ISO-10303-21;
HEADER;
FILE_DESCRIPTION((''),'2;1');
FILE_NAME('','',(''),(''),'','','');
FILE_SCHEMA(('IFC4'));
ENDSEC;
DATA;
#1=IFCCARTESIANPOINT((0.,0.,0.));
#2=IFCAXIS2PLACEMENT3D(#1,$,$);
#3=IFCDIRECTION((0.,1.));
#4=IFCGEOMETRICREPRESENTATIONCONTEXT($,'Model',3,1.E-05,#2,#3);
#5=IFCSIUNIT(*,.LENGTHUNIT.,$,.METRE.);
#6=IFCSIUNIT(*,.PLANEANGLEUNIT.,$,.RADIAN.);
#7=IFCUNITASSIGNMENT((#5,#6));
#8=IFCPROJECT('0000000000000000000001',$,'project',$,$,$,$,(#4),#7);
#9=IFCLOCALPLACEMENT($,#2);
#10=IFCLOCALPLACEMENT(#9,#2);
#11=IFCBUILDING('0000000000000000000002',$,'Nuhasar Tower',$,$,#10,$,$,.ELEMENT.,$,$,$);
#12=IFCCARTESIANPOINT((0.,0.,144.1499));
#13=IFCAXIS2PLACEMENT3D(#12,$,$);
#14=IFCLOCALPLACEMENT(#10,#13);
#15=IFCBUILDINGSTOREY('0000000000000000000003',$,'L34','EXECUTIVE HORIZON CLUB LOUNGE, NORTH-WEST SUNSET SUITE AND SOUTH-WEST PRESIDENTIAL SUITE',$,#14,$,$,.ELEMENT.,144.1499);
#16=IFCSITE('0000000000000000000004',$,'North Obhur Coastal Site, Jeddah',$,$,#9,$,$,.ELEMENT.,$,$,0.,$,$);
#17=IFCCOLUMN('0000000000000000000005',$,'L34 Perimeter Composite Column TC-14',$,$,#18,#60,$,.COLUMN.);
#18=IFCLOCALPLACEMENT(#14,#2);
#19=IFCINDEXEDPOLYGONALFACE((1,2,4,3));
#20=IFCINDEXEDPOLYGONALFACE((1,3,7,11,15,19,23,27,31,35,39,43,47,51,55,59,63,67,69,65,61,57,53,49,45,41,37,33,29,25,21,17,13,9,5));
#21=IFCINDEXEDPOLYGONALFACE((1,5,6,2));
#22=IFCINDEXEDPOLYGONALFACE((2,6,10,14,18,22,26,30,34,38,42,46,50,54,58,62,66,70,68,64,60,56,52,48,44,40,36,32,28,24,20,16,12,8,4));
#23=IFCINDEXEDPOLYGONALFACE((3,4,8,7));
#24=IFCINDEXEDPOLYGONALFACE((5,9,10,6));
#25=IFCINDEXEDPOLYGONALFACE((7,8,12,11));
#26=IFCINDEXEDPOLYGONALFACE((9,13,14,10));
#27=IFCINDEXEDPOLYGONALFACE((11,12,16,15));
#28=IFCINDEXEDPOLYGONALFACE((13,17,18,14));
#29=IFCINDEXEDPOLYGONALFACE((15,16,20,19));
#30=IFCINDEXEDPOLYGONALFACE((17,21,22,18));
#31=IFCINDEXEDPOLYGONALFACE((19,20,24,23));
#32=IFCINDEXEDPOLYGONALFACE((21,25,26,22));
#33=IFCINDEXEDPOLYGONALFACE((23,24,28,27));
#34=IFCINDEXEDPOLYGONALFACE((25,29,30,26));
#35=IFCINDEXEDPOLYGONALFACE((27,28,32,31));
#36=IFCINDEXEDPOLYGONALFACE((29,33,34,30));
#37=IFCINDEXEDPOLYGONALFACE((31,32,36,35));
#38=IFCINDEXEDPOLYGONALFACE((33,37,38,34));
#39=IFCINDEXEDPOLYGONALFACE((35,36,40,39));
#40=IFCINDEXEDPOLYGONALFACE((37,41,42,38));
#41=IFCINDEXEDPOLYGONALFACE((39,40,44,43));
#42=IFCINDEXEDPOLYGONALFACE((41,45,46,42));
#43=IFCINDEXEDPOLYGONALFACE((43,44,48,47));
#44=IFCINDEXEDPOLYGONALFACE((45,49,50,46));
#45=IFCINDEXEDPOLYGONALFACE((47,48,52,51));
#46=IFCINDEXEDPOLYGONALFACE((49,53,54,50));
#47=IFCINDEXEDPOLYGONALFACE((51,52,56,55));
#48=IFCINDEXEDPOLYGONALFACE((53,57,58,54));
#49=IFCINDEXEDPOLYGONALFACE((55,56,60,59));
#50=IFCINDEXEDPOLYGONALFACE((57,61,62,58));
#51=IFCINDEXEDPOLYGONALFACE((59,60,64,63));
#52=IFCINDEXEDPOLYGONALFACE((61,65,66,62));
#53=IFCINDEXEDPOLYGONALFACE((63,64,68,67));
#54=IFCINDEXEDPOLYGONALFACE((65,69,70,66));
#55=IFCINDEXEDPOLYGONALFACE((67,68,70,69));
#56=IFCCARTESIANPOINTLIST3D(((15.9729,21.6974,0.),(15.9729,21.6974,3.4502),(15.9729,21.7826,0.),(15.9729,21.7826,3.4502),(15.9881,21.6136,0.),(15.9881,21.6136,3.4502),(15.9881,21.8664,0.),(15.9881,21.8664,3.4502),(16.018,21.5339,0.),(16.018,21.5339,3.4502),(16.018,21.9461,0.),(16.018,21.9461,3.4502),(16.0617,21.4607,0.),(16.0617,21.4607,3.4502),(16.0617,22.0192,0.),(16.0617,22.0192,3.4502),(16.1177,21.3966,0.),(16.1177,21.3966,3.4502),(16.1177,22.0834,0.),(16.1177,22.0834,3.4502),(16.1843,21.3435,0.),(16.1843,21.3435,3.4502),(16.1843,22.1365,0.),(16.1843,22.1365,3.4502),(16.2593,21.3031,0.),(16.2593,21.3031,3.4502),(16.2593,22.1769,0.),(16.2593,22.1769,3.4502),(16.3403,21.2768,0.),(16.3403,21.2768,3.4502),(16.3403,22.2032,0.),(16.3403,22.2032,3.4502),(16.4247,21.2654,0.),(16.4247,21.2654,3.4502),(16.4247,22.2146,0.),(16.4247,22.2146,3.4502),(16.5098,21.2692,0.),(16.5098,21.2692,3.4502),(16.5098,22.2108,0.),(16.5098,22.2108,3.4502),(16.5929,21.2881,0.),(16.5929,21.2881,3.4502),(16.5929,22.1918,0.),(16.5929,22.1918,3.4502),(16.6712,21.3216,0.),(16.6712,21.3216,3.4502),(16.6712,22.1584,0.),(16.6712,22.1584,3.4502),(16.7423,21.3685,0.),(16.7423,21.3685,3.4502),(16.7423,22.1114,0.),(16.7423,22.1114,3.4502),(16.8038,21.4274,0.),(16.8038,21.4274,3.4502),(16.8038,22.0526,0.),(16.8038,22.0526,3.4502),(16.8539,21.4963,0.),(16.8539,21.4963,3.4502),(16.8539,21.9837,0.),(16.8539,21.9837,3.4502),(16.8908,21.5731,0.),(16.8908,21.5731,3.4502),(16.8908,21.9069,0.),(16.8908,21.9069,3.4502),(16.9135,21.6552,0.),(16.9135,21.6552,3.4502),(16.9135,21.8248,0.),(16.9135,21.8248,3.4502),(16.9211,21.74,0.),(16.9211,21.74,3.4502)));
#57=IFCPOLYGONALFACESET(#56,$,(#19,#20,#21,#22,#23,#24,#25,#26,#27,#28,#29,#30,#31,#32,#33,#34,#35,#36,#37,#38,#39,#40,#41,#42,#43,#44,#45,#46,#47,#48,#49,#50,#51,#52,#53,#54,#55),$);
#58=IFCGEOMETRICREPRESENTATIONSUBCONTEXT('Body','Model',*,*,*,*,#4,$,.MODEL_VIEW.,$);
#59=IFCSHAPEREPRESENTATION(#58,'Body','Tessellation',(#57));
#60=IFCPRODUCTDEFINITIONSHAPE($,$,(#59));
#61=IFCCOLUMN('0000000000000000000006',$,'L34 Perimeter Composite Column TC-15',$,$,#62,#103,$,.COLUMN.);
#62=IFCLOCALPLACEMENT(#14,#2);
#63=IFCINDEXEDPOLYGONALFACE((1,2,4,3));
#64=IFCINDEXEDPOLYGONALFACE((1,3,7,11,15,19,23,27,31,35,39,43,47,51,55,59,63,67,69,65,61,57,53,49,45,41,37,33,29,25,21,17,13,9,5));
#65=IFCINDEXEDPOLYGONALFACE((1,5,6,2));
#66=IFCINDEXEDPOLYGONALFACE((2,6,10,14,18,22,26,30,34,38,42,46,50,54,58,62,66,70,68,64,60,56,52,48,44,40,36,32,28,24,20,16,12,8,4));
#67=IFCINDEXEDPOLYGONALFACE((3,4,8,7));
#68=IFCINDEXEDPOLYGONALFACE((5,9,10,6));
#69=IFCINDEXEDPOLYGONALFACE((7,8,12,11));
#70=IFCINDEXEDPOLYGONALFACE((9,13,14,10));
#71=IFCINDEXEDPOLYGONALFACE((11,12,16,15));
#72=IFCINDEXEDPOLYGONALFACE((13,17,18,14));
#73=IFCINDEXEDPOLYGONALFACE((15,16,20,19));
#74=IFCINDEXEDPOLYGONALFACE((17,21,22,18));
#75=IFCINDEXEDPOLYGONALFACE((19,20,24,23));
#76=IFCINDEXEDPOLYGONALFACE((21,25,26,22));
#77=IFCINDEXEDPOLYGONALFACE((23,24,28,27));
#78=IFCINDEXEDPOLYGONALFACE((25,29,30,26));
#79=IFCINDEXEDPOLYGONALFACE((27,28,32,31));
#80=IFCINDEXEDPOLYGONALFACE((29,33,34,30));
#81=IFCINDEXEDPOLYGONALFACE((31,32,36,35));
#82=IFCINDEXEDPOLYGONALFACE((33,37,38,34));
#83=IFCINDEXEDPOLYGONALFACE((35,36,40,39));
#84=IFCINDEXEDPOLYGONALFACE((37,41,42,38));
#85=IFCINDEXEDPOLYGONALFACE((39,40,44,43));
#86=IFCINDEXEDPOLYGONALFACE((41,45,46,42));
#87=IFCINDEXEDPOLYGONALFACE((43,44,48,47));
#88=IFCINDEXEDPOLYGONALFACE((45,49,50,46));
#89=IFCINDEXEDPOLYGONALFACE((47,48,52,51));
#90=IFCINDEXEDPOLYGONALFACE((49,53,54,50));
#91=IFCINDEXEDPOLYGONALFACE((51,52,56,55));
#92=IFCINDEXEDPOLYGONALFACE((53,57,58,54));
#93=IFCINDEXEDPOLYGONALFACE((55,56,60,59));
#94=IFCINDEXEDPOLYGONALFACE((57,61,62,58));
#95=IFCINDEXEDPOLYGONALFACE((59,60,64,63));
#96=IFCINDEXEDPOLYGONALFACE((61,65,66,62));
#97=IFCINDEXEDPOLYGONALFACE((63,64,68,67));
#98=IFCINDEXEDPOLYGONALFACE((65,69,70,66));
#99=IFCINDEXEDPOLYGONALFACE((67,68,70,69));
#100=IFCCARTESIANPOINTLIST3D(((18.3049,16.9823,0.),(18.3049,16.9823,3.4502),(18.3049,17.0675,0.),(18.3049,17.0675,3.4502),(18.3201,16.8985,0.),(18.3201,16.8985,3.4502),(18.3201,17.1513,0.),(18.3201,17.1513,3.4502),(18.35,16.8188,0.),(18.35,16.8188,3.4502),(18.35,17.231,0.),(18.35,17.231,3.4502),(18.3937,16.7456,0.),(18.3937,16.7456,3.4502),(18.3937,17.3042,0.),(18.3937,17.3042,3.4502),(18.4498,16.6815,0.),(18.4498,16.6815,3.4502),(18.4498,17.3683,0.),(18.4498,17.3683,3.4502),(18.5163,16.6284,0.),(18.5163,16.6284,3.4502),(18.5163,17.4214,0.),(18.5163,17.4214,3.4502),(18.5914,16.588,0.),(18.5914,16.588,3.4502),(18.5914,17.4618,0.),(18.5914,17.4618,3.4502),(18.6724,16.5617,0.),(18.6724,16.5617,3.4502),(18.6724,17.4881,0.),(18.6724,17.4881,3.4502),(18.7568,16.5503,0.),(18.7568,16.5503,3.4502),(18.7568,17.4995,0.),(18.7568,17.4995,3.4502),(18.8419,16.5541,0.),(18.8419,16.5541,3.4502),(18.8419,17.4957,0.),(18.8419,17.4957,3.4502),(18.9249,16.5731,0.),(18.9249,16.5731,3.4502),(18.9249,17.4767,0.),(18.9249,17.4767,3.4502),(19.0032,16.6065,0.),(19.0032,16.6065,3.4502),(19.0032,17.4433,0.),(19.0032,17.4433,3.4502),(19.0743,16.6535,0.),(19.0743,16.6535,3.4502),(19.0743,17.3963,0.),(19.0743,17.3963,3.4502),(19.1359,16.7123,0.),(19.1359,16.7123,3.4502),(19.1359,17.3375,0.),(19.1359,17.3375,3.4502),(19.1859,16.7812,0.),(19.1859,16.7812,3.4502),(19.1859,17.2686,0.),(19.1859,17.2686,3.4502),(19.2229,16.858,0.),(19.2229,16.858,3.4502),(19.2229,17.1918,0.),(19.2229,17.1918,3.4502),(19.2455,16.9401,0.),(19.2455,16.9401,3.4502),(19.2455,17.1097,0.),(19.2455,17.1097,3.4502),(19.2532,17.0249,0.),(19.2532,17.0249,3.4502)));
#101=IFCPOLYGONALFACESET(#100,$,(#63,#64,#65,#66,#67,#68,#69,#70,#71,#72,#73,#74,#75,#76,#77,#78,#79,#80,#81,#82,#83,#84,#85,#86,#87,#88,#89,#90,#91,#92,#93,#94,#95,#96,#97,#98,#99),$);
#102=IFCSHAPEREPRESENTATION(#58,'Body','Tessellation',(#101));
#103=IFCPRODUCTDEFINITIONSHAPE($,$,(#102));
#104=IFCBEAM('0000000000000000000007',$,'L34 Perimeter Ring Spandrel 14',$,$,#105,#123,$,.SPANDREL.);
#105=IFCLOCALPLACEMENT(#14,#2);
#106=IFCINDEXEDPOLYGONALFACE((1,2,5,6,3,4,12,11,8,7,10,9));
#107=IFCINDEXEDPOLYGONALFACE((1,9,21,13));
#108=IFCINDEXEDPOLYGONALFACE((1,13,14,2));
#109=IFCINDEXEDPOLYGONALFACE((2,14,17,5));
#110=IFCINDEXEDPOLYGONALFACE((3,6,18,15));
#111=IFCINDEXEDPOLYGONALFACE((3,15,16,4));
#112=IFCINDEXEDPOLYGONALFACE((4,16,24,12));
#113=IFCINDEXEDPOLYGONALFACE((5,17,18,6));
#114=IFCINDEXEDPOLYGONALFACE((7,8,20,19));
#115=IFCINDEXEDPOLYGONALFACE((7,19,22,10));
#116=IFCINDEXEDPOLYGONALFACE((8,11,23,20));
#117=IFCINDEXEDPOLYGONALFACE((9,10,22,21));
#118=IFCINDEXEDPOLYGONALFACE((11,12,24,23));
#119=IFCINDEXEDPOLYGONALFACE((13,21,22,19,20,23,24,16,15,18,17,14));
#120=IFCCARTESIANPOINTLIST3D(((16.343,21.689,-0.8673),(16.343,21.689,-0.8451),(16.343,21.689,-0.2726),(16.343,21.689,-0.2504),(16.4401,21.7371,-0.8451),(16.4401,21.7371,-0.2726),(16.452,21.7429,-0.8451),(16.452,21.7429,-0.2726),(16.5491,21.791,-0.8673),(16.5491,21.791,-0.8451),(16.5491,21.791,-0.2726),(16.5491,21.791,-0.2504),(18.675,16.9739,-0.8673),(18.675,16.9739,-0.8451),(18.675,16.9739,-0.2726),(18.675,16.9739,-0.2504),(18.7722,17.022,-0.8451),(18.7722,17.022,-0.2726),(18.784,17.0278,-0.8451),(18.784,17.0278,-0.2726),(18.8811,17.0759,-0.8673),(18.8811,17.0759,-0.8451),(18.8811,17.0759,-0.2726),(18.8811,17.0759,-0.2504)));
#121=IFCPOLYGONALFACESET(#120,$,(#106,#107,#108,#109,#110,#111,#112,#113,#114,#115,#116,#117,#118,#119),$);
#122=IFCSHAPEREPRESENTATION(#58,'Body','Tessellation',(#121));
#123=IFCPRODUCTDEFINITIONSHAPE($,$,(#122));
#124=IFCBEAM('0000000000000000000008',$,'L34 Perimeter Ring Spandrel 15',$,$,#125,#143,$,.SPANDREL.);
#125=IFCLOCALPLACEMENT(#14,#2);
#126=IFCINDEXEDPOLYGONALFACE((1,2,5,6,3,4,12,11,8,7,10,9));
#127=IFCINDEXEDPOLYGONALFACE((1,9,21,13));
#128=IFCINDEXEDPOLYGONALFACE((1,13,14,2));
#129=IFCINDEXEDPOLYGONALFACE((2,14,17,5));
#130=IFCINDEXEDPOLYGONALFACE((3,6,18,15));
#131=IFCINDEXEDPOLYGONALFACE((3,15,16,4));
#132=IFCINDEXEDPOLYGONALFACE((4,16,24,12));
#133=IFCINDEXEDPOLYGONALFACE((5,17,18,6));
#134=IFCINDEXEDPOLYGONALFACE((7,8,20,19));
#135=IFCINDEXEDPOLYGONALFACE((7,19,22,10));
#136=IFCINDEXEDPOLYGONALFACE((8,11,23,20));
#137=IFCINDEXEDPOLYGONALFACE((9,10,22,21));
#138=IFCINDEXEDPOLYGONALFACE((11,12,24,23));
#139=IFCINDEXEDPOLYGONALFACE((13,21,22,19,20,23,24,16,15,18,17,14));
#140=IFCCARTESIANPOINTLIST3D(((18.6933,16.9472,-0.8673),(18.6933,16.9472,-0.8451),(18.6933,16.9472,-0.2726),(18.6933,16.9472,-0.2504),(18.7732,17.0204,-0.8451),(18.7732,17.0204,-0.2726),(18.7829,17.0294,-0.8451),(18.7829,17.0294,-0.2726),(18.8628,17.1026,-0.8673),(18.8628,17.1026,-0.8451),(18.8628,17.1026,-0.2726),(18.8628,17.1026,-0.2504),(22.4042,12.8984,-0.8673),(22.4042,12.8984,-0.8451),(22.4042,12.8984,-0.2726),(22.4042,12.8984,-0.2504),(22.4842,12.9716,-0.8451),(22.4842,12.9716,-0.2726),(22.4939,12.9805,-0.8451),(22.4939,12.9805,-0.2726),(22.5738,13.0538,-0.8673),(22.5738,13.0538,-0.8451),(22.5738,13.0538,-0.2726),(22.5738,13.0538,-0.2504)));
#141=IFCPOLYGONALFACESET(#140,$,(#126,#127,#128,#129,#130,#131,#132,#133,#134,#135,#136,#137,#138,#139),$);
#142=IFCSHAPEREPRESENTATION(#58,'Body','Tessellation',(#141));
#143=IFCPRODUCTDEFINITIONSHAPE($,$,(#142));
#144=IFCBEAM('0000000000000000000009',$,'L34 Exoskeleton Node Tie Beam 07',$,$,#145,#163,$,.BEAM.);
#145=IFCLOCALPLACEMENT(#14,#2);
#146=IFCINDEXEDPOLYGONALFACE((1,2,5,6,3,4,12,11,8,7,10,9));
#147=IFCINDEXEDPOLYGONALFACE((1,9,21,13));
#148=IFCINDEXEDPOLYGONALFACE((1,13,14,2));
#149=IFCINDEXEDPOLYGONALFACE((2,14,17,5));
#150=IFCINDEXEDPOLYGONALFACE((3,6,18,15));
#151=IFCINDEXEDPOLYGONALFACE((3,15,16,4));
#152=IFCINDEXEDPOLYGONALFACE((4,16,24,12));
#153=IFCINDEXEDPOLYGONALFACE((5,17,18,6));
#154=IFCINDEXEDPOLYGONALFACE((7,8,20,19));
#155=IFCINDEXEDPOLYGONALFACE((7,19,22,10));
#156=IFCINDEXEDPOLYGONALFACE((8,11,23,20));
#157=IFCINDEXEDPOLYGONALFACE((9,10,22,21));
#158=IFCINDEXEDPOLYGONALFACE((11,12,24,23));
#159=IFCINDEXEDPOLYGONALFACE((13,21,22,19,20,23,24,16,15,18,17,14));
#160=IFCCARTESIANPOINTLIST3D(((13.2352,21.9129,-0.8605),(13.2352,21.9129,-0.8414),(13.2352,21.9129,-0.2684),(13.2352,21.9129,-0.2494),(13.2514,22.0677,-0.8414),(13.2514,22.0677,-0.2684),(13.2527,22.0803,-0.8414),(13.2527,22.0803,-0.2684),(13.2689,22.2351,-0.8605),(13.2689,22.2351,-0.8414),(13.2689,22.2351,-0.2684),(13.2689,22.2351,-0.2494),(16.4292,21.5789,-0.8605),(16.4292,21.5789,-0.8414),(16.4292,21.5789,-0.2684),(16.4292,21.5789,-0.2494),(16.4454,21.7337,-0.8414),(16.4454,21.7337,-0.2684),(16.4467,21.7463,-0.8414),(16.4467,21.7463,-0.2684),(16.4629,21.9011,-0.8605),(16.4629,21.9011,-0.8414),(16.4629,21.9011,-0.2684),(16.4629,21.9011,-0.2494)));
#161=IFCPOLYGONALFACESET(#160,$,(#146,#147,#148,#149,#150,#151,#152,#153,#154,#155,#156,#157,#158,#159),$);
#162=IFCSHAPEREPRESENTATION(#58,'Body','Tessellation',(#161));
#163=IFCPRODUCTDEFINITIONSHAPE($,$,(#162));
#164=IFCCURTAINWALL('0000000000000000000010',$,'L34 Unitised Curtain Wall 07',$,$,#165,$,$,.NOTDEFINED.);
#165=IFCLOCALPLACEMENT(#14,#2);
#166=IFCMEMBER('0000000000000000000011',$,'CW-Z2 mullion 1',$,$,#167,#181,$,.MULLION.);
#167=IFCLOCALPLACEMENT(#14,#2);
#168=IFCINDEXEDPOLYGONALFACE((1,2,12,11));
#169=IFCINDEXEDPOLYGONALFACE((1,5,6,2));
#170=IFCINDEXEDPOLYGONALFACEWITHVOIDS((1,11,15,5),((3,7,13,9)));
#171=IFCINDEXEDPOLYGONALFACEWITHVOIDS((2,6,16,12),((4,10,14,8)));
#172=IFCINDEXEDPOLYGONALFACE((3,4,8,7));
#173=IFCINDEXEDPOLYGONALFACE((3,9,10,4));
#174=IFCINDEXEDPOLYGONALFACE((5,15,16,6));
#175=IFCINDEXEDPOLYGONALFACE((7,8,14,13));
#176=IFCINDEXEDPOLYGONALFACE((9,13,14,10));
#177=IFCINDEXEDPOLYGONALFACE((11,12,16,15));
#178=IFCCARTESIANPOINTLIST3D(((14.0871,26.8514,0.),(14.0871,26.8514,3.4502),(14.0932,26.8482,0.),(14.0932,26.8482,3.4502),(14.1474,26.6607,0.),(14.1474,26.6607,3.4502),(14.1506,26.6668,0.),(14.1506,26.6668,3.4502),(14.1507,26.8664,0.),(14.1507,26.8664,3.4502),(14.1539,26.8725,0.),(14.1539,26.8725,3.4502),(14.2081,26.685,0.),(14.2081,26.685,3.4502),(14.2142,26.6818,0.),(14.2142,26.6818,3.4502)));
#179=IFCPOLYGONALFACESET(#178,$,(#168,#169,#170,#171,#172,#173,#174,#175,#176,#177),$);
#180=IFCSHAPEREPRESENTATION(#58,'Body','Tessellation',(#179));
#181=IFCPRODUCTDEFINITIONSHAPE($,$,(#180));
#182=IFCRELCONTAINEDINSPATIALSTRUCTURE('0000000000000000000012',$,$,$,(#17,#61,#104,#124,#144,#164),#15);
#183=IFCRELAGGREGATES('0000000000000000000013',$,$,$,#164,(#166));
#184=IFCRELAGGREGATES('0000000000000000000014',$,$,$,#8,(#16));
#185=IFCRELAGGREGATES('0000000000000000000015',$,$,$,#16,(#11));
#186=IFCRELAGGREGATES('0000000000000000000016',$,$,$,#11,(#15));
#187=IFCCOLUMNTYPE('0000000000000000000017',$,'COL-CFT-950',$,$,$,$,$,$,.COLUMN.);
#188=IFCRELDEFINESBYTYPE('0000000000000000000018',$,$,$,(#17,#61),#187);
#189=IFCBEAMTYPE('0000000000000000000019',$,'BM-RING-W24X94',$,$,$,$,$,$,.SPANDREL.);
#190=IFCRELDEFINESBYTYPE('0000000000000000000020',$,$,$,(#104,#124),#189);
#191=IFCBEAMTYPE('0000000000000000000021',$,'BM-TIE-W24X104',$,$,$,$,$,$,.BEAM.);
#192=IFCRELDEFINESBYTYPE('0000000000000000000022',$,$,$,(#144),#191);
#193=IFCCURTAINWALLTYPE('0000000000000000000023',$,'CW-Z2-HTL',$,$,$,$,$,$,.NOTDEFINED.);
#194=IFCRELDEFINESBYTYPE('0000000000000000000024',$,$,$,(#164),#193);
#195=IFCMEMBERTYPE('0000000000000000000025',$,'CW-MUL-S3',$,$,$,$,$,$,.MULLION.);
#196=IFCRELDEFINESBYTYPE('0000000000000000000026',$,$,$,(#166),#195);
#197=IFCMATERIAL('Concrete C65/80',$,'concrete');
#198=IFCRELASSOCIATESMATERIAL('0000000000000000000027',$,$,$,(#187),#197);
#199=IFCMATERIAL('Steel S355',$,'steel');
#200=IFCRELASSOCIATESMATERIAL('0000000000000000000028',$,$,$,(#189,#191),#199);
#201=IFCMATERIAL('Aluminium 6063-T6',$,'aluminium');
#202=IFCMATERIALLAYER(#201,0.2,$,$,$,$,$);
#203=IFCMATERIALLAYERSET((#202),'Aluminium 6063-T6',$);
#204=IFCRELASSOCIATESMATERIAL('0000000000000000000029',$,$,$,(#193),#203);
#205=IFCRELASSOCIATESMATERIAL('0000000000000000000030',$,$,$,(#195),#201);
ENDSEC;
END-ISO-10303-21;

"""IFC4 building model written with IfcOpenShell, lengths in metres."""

from ifc_helpers import new_model, si_unit, direction, frame, origin, origin_2d, place, context, subcontext, project, spatial, hollow_rectangle, circle, i_section, extrude, material, layer, layer_set, material_profile, profile_set, type_object, element, aggregate, save


model = new_model("IFC4")

# Units and contexts
model_context = context("Model", 3, precision=1e-05, world=origin(), true_north=direction((0.0, 1.0)))
body_context = subcontext(model_context, "Body", "Model", "MODEL_VIEW")
ifc_project = project(units=[si_unit("LENGTHUNIT", "METRE"), si_unit("PLANEANGLEUNIT", "RADIAN")], contexts=[model_context])

# Site, building, storey
site_placement = place(None, origin())
site = spatial("IfcSite", under=ifc_project, at=site_placement, Name="North Obhur Coastal Site, Jeddah", CompositionType="ELEMENT", RefElevation=0.0)
building_placement = place(site_placement, origin())
building = spatial("IfcBuilding", under=site, at=building_placement, Name="Nuhasar Tower", CompositionType="ELEMENT")
storey_placement = place(building_placement, frame((0.0, 0.0, 144.1499)))
storey = spatial("IfcBuildingStorey", under=building, at=storey_placement, Name="L34", Description="EXECUTIVE HORIZON CLUB LOUNGE, NORTH-WEST SUNSET SUITE AND SOUTH-WEST PRESIDENTIAL SUITE", CompositionType="ELEMENT", Elevation=144.1499)

# Columns
ifc_material_1 = material(Name="Concrete C65/80", Category="concrete")
ifc_material_profile_1 = material_profile(ifc_material_1, circle(Radius=0.4751, at=origin_2d()), Name="CFT950")
ifc_profile_set_1 = profile_set([ifc_material_profile_1], Name="Concrete C65/80")
column_type = type_object("IfcColumnType", Name="COL-CFT-950", PredefinedType="COLUMN", material=ifc_profile_set_1)
for number, where, z_axis, x_axis, name in (
    (1, (16.446, 21.74, 0.0), (0.0, 0.0, 1.0), (1.0, 0.0, 0.0), "L34 Perimeter Composite Column TC-14"),
    (2, (18.7781, 17.0249, 0.0), (0.0, 0.0, 1.0), (1.0, 0.0, 0.0), "L34 Perimeter Composite Column TC-15"),
):
    element("IfcColumn", number, at=place(storey_placement, frame(where, z_axis=z_axis, x_axis=x_axis)), inside=storey, type_object=column_type, Name=name, PredefinedType="COLUMN", context=body_context, shape_type="SweptSolid", body=[
        extrude(circle(Radius=0.4751, at=origin_2d()), origin(), (0.0, 0.0, 1.0), 3.4502),
    ])

# Beams
ifc_material_2 = material(Name="Steel S355", Category="steel")
ifc_material_profile_2 = material_profile(ifc_material_2, i_section(OverallWidth=0.23, OverallDepth=0.6169, WebThickness=0.0132, FlangeThickness=0.0222, at=origin_2d()), Name="W24X94")
ifc_profile_set_2 = profile_set([ifc_material_profile_2], Name="Steel S355")
beam_type_1 = type_object("IfcBeamType", Name="BM-RING-W24X94", PredefinedType="SPANDREL", material=ifc_profile_set_2)
beam_1_placement = place(storey_placement, frame((16.446, 21.74, -0.5588), z_axis=(0.443329, -0.896359, 0.0), x_axis=(0.896359, 0.443329, 0.0)))
element("IfcBeam", 3, at=beam_1_placement, inside=storey, type_object=beam_type_1, Name="L34 Perimeter Ring Spandrel 14", PredefinedType="SPANDREL", context=body_context, shape_type="SweptSolid", body=[
    extrude(i_section(OverallWidth=0.23, OverallDepth=0.6169, WebThickness=0.0132, FlangeThickness=0.0222, at=origin_2d()), origin(), (0.0, 0.0, 1.0), 5.2603),
])
beam_2_placement = place(storey_placement, frame((18.7781, 17.0249, -0.5588), z_axis=(0.675676, -0.737198, 0.0), x_axis=(0.737198, 0.675676, 0.0)))
element("IfcBeam", 4, at=beam_2_placement, inside=storey, type_object=beam_type_1, Name="L34 Perimeter Ring Spandrel 15", PredefinedType="SPANDREL", context=body_context, shape_type="SweptSolid", body=[
    extrude(i_section(OverallWidth=0.23, OverallDepth=0.6169, WebThickness=0.0132, FlangeThickness=0.0222, at=origin_2d()), origin(), (0.0, 0.0, 1.0), 5.4922),
])
ifc_material_profile_3 = material_profile(ifc_material_2, i_section(OverallWidth=0.324, OverallDepth=0.6111, WebThickness=0.0127, FlangeThickness=0.019, at=origin_2d()), Name="W24X104")
ifc_profile_set_3 = profile_set([ifc_material_profile_3], Name="Steel S355")
beam_type_2 = type_object("IfcBeamType", Name="BM-TIE-W24X104", PredefinedType="BEAM", material=ifc_profile_set_3)
beam_3_placement = place(storey_placement, frame((16.446, 21.74, -0.5549), z_axis=(-0.994578, 0.103996, 0.0), x_axis=(-0.103996, -0.994578, 0.0)))
element("IfcBeam", 5, at=beam_3_placement, inside=storey, type_object=beam_type_2, Name="L34 Exoskeleton Node Tie Beam 07", PredefinedType="BEAM", context=body_context, shape_type="SweptSolid", body=[
    extrude(i_section(OverallWidth=0.324, OverallDepth=0.6111, WebThickness=0.0127, FlangeThickness=0.019, at=origin_2d()), origin(), (0.0, 0.0, 1.0), 3.2114),
])

# Curtain wall, member
ifc_material_3 = material(Name="Aluminium 6063-T6", Category="aluminium")
ifc_layer_1 = layer(ifc_material_3, 0.2)
ifc_layer_set_1 = layer_set([ifc_layer_1], Name="Aluminium 6063-T6")
curtain_wall_type = type_object("IfcCurtainWallType", Name="CW-Z2-HTL", PredefinedType="NOTDEFINED", material=ifc_layer_set_1)
curtain_wall_1_placement = place(storey_placement, origin())
curtain_wall_1 = element("IfcCurtainWall", 6, at=curtain_wall_1_placement, inside=storey, type_object=curtain_wall_type, Name="L34 Unitised Curtain Wall 07", PredefinedType="NOTDEFINED")
ifc_material_profile_4 = material_profile(ifc_material_3, hollow_rectangle(XDim=0.0701, YDim=0.2, WallThickness=0.0049, at=origin_2d()), Name="CWM-3")
ifc_profile_set_4 = profile_set([ifc_material_profile_4], Name="Aluminium 6063-T6")
member_type_1 = type_object("IfcMemberType", Name="CW-MUL-S3", PredefinedType="MULLION", material=ifc_profile_set_4)
member_1_placement = place(storey_placement, frame((14.1506, 26.7666, 0.0), z_axis=(0.0, 0.0, 1.0), x_axis=(0.953433, 0.301604, 0.0)))
member_1 = element("IfcMember", 7, at=member_1_placement, type_object=member_type_1, Name="CW-Z2 mullion 1", PredefinedType="MULLION", context=body_context, shape_type="SweptSolid", body=[
    extrude(hollow_rectangle(XDim=0.0701, YDim=0.2, WallThickness=0.0049, at=origin_2d()), origin(), (0.0, 0.0, 1.0), 3.4502),
])

aggregate(curtain_wall_1, [member_1])

save(model, "model.ifc")
